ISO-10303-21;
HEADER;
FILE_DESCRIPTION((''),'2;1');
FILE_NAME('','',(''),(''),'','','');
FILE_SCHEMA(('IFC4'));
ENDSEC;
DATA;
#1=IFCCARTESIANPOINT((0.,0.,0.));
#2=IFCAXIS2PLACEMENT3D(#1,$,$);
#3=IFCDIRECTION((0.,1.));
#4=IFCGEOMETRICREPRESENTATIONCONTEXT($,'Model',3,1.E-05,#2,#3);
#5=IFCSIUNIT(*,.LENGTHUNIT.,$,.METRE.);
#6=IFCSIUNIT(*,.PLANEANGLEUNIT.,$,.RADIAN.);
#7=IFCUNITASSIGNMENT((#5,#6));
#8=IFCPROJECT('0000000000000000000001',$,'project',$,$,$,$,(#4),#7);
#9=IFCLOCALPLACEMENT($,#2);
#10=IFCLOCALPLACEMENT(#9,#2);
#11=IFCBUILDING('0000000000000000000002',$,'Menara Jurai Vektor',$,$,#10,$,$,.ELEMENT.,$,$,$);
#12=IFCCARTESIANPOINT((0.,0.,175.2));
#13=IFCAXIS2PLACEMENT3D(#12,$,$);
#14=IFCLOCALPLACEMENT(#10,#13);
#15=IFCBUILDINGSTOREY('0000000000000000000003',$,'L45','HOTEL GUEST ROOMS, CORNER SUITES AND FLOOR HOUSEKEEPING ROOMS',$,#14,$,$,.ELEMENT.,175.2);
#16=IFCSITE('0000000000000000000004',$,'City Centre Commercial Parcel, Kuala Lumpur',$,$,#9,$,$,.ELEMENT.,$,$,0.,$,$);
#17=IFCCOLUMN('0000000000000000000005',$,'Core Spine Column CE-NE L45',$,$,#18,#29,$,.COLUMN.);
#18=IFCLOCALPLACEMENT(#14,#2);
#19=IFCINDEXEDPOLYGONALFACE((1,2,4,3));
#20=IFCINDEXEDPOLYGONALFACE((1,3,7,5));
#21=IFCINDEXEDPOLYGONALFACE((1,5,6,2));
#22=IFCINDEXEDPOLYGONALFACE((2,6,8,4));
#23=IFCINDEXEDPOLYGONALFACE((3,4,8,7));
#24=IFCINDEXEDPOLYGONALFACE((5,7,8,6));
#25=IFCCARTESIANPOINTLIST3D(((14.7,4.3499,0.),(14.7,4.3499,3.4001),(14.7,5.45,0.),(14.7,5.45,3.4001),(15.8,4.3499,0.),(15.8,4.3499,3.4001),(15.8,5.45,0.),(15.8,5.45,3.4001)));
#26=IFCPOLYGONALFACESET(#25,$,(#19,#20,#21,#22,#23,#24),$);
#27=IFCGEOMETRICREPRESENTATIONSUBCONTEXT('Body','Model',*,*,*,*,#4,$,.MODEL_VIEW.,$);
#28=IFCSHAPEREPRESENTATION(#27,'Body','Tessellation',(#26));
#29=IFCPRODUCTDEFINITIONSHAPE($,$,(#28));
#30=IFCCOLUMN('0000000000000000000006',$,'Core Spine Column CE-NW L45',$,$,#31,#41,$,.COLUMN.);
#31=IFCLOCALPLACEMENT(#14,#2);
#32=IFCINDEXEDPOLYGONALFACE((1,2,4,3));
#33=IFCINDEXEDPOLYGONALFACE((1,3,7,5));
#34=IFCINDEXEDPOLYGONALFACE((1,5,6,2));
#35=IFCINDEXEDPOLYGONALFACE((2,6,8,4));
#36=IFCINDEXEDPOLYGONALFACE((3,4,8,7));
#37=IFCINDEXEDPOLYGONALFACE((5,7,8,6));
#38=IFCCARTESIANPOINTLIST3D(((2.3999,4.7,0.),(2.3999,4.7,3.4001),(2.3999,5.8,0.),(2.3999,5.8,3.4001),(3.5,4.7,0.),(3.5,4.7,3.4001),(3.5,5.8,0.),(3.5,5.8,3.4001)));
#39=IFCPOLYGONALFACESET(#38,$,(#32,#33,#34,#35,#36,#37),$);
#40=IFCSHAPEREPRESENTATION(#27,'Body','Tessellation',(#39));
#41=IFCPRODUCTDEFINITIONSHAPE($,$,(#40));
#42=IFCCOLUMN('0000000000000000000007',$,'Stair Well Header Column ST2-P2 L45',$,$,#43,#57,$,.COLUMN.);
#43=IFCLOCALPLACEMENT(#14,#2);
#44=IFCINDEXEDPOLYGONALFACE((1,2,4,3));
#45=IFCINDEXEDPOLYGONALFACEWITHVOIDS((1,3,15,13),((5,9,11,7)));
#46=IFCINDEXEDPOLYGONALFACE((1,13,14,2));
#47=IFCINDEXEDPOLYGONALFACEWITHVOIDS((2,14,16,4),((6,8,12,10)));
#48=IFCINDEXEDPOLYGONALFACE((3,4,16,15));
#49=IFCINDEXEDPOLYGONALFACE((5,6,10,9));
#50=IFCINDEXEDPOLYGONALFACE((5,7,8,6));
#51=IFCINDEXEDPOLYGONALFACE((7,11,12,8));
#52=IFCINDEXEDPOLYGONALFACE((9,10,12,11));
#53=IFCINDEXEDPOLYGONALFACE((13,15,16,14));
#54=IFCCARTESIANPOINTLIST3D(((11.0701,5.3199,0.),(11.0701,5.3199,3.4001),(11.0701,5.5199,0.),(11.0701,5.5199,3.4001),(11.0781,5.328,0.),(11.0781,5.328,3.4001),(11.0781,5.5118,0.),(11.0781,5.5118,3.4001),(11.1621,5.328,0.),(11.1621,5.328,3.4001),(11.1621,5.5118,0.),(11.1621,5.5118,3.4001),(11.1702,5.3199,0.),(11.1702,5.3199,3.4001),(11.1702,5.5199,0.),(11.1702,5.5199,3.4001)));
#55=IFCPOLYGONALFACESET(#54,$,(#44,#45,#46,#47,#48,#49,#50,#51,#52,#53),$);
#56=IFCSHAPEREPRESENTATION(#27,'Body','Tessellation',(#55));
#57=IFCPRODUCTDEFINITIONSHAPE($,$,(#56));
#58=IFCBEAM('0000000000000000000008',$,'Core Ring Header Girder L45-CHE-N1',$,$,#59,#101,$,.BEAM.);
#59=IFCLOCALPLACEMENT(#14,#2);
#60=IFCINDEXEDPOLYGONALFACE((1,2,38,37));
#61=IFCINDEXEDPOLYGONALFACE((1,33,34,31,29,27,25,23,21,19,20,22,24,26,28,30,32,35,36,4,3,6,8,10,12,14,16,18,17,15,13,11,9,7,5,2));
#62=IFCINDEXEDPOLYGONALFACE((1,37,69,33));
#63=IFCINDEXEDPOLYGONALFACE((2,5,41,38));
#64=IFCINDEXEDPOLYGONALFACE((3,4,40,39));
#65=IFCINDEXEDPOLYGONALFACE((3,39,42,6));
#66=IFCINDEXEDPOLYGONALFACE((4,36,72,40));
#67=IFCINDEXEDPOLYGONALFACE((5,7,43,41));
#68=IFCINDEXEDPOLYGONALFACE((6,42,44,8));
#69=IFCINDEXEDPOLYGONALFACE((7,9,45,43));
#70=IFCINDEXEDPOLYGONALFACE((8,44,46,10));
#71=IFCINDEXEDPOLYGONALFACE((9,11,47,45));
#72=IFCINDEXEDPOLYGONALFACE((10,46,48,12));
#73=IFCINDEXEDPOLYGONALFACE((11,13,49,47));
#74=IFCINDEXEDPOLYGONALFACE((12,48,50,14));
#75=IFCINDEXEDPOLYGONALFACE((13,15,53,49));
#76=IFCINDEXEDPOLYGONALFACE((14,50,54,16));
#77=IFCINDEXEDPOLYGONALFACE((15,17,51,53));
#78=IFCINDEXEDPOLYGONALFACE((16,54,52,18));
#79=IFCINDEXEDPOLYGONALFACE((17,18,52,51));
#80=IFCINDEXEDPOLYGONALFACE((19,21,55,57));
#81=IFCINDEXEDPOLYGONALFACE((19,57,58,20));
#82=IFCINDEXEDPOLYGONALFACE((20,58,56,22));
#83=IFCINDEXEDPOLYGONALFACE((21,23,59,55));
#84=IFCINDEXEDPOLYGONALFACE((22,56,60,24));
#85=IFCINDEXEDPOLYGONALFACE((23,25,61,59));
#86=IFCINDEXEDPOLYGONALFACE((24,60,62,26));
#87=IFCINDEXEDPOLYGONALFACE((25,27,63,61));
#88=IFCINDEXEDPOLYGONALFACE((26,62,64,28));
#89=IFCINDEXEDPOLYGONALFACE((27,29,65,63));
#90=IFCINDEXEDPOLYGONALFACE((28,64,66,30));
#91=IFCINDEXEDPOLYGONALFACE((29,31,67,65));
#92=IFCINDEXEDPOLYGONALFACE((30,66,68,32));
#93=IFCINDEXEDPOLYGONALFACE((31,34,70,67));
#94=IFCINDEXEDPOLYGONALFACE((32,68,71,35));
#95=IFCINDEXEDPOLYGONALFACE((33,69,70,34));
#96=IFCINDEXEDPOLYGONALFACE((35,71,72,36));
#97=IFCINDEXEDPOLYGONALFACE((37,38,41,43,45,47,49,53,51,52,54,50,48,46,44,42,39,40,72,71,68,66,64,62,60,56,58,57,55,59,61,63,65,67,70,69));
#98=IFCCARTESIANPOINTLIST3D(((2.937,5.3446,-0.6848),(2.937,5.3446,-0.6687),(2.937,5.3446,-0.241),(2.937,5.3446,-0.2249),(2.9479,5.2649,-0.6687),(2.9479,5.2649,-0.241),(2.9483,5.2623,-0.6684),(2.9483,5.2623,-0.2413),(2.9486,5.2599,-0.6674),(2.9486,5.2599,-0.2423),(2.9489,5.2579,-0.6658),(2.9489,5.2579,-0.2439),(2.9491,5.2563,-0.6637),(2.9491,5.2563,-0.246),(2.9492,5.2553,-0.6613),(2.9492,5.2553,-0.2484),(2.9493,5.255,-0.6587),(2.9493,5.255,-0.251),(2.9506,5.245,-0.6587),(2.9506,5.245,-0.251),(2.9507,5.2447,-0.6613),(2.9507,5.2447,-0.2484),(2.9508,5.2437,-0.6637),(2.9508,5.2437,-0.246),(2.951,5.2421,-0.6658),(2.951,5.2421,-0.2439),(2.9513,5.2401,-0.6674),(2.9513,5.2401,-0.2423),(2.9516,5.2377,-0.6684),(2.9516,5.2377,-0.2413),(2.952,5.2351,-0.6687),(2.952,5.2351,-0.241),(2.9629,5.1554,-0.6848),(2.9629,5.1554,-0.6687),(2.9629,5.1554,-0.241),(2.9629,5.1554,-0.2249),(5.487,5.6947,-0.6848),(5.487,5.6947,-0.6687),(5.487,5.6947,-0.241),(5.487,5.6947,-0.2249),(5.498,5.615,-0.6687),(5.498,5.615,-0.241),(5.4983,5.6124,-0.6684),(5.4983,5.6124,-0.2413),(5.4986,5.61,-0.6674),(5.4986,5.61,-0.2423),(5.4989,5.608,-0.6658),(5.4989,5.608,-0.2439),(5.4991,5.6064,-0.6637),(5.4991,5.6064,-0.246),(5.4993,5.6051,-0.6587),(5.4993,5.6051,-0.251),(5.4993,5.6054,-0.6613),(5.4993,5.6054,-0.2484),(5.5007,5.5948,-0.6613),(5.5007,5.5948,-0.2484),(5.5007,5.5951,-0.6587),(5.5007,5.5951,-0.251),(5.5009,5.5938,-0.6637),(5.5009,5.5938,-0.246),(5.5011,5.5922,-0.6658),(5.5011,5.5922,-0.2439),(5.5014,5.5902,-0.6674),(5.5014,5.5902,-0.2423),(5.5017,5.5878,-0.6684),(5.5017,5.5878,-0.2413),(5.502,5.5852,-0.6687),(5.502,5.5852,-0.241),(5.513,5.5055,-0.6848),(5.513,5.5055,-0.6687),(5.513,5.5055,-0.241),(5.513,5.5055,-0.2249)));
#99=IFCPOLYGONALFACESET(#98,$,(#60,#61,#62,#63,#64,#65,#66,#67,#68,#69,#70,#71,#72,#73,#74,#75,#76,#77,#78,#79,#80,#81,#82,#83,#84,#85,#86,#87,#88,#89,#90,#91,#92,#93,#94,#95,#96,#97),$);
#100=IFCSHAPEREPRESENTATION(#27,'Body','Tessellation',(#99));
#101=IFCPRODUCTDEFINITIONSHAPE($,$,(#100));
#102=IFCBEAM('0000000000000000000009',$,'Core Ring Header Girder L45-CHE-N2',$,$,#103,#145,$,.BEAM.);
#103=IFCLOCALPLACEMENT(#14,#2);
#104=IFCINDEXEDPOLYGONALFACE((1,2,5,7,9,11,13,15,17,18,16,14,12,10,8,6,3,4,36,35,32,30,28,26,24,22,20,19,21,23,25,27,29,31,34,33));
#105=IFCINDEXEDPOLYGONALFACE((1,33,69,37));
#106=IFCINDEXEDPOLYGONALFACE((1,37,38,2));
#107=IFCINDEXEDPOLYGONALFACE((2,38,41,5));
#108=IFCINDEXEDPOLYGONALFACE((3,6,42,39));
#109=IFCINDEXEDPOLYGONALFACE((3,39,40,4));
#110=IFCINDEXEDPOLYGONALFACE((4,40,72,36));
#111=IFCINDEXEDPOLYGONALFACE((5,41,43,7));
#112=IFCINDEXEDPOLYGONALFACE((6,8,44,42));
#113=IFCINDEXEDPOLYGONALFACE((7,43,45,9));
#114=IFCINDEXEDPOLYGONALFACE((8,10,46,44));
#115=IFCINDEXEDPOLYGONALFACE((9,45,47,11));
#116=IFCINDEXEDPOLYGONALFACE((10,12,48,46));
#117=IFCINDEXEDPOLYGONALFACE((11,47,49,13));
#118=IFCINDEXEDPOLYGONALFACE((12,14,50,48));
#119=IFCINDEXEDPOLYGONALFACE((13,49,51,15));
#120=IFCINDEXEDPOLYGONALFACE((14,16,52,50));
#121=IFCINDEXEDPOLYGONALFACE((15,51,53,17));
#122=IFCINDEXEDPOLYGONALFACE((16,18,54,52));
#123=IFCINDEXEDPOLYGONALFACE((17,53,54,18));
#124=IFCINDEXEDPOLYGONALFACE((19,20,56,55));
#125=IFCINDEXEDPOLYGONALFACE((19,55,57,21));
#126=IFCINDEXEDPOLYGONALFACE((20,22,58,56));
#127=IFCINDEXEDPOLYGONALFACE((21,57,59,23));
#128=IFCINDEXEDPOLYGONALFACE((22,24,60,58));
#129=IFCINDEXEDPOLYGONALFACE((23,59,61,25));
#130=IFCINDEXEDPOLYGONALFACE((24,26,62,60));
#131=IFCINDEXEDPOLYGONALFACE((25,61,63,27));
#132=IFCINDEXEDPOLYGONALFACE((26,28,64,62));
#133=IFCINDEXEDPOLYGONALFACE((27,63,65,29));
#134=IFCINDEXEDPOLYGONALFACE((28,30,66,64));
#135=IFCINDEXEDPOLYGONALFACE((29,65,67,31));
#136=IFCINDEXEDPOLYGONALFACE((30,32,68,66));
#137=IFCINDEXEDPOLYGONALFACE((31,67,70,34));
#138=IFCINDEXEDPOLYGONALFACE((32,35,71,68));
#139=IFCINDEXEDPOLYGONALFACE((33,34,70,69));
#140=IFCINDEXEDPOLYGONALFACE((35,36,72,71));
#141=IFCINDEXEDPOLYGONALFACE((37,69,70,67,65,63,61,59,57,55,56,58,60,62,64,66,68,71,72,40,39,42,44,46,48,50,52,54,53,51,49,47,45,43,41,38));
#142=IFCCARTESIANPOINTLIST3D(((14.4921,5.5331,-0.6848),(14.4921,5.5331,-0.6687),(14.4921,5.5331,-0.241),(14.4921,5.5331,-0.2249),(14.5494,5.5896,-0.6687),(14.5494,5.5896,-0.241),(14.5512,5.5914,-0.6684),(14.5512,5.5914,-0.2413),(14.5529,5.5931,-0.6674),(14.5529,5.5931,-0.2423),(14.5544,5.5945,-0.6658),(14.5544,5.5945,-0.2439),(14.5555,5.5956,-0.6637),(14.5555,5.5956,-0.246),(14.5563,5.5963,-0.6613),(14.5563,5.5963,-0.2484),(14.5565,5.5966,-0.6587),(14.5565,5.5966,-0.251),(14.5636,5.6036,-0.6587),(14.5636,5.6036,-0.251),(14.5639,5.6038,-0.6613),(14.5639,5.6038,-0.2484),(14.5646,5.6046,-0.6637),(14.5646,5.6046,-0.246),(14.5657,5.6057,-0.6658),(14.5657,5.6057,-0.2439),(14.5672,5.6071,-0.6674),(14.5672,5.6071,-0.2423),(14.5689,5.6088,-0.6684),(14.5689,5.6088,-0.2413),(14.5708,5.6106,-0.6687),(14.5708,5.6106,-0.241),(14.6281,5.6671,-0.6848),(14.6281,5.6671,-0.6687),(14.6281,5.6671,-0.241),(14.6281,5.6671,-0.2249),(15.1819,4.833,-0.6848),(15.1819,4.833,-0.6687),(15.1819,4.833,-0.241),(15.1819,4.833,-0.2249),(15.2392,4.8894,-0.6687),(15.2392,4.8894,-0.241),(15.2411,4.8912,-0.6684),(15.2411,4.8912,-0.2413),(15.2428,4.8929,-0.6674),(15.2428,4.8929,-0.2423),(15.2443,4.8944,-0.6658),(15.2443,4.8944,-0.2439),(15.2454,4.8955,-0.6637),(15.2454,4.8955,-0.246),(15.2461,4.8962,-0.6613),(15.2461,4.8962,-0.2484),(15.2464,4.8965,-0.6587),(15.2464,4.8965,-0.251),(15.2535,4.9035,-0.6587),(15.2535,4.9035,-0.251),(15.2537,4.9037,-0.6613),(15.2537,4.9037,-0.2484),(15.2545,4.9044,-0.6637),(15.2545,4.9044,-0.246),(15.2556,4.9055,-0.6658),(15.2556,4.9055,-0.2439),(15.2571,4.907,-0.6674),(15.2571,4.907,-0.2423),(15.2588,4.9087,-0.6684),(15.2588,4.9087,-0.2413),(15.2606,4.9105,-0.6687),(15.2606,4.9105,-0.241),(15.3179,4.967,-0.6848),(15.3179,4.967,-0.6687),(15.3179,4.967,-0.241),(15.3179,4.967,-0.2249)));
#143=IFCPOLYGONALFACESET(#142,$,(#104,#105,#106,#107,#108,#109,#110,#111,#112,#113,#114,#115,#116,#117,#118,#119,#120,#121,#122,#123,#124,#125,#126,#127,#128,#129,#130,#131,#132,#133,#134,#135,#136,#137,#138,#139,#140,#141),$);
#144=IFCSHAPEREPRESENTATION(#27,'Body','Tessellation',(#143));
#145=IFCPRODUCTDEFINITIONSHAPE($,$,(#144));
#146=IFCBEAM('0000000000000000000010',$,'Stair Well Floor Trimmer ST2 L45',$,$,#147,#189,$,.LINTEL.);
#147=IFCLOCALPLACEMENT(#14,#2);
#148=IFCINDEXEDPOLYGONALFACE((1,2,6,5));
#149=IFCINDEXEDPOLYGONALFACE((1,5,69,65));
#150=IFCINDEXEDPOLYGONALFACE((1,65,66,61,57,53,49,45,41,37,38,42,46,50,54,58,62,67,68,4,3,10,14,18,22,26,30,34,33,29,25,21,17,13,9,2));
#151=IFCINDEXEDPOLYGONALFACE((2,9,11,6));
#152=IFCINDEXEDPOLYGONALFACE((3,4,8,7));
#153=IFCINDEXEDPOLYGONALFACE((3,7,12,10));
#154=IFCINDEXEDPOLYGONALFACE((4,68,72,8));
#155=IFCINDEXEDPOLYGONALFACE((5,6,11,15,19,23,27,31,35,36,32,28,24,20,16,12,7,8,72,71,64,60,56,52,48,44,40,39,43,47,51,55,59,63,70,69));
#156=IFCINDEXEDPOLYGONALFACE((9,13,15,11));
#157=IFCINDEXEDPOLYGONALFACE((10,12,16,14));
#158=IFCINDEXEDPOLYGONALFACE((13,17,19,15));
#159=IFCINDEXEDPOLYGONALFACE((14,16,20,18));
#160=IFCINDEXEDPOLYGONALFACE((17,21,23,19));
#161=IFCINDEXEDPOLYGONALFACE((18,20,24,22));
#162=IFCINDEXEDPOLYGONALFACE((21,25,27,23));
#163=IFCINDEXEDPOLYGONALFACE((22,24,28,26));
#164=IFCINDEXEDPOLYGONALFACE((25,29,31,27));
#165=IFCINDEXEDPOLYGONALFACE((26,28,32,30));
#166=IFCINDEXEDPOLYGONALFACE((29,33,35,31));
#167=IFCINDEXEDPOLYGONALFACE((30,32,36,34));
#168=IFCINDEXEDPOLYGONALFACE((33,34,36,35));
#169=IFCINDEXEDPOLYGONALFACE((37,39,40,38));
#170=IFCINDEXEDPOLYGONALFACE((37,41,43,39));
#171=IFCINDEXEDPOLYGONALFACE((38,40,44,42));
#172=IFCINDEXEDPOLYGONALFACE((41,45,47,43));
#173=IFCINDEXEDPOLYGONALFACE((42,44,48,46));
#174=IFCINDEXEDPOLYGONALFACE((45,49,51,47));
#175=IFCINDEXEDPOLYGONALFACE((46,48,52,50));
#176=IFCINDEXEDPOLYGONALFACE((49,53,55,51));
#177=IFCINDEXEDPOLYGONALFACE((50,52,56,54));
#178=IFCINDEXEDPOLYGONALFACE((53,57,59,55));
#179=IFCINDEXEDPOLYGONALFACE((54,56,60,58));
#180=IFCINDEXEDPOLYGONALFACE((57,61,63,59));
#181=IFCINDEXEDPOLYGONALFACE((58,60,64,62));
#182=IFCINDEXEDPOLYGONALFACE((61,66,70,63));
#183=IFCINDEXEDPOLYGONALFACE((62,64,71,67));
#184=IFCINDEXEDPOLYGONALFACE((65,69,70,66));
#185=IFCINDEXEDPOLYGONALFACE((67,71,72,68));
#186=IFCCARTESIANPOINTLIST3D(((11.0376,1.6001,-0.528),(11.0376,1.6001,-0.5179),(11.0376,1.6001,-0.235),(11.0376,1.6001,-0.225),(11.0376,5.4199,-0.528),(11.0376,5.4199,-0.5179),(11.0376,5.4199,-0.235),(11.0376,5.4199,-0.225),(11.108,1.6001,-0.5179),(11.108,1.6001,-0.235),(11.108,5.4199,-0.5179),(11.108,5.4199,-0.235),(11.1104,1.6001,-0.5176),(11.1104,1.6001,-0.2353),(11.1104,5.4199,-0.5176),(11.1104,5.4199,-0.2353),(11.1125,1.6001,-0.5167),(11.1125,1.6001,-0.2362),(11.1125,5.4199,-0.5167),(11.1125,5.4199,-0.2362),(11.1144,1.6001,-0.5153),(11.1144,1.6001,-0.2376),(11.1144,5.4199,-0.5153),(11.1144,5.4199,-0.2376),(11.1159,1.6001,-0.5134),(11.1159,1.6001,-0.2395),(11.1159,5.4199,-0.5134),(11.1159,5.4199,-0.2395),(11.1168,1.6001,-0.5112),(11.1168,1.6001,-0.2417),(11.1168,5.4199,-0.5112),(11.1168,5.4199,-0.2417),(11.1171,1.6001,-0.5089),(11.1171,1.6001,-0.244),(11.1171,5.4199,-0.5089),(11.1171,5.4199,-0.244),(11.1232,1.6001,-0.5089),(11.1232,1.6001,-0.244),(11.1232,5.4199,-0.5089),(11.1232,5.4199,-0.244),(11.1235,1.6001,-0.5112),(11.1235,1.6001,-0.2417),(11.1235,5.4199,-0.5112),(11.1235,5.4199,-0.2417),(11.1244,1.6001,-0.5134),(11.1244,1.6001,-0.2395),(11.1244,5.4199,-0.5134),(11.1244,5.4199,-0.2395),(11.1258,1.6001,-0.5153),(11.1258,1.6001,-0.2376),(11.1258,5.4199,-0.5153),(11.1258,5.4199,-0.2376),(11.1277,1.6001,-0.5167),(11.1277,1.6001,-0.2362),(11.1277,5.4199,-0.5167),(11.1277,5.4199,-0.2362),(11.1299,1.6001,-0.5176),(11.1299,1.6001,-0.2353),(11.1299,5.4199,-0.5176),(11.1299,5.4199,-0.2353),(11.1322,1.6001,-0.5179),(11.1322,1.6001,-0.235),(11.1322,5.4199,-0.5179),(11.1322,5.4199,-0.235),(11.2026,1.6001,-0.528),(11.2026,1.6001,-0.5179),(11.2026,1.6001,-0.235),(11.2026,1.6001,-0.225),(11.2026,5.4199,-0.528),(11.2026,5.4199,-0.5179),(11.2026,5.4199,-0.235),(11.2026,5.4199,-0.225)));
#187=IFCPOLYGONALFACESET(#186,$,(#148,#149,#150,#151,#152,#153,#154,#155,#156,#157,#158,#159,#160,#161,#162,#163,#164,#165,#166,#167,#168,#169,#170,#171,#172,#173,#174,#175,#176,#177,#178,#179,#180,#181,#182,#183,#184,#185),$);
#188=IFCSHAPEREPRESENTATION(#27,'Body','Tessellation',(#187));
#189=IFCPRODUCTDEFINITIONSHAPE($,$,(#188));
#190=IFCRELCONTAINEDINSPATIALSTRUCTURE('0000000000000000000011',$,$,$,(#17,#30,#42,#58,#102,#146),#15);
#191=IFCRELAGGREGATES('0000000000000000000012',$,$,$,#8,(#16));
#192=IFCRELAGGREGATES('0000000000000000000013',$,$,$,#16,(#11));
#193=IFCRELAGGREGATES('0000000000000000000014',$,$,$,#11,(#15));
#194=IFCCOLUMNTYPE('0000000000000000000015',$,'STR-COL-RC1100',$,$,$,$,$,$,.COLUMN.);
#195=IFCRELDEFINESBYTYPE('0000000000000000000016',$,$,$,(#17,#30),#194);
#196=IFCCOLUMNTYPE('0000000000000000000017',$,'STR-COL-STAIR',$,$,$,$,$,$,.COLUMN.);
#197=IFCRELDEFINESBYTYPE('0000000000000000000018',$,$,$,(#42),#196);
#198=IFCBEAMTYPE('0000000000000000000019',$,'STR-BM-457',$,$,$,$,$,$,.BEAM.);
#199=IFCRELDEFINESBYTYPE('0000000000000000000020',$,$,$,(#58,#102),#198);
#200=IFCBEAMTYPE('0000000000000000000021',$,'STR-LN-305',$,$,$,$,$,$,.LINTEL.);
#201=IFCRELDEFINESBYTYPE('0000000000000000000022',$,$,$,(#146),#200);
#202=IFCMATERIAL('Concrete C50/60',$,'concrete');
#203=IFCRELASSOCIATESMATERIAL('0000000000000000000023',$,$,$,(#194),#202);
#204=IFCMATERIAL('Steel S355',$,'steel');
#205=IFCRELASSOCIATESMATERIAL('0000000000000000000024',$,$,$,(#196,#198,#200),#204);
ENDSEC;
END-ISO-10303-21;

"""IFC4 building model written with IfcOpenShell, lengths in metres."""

from ifc_helpers import new_model, si_unit, direction, frame, origin, origin_2d, place, context, subcontext, project, spatial, rectangle, hollow_rectangle, i_section, extrude, material, material_profile, profile_set, type_object, element, save


model = new_model("IFC4")

# Units and contexts
model_context = context("Model", 3, precision=1e-05, world=origin(), true_north=direction((0.0, 1.0)))
body_context = subcontext(model_context, "Body", "Model", "MODEL_VIEW")
ifc_project = project(units=[si_unit("LENGTHUNIT", "METRE"), si_unit("PLANEANGLEUNIT", "RADIAN")], contexts=[model_context])

# Site, building, storey
site_placement = place(None, origin())
site = spatial("IfcSite", under=ifc_project, at=site_placement, Name="City Centre Commercial Parcel, Kuala Lumpur", CompositionType="ELEMENT", RefElevation=0.0)
building_placement = place(site_placement, origin())
building = spatial("IfcBuilding", under=site, at=building_placement, Name="Menara Jurai Vektor", CompositionType="ELEMENT")
storey_placement = place(building_placement, frame((0.0, 0.0, 175.2)))
storey = spatial("IfcBuildingStorey", under=building, at=storey_placement, Name="L45", Description="HOTEL GUEST ROOMS, CORNER SUITES AND FLOOR HOUSEKEEPING ROOMS", CompositionType="ELEMENT", Elevation=175.2)

# Columns
ifc_material_1 = material(Name="Concrete C50/60", Category="concrete")
ifc_material_profile_1 = material_profile(ifc_material_1, rectangle(XDim=1.1001, YDim=1.1001, at=origin_2d()), Name="RC 1100x1100")
ifc_profile_set_1 = profile_set([ifc_material_profile_1], Name="Concrete C50/60")
column_type_1 = type_object("IfcColumnType", Name="STR-COL-RC1100", PredefinedType="COLUMN", material=ifc_profile_set_1)
for number, where, z_axis, x_axis, name in (
    (1, (15.25, 4.8999, 0.0), (0.0, 0.0, 1.0), (1.0, 0.0, 0.0), "Core Spine Column CE-NE L45"),
    (2, (2.95, 5.25, 0.0), (0.0, 0.0, 1.0), (1.0, 0.0, 0.0), "Core Spine Column CE-NW L45"),
):
    element("IfcColumn", number, at=place(storey_placement, frame(where, z_axis=z_axis, x_axis=x_axis)), inside=storey, type_object=column_type_1, Name=name, PredefinedType="COLUMN", context=body_context, shape_type="SweptSolid", body=[
        extrude(rectangle(XDim=1.1001, YDim=1.1001, at=origin_2d()), origin(), (0.0, 0.0, 1.0), 3.4001),
    ])
ifc_material_2 = material(Name="Steel S355", Category="steel")
ifc_material_profile_2 = material_profile(ifc_material_2, hollow_rectangle(XDim=0.1001, YDim=0.2, WallThickness=0.0081, at=origin_2d()), Name="RHS 200x100x8")
ifc_profile_set_2 = profile_set([ifc_material_profile_2], Name="Steel S355")
column_type_2 = type_object("IfcColumnType", Name="STR-COL-STAIR", PredefinedType="COLUMN", material=ifc_profile_set_2)
column_placement = place(storey_placement, frame((11.1201, 5.4199, 0.0), z_axis=(0.0, 0.0, 1.0), x_axis=(1.0, 0.0, 0.0)))
element("IfcColumn", 3, at=column_placement, inside=storey, type_object=column_type_2, Name="Stair Well Header Column ST2-P2 L45", PredefinedType="COLUMN", context=body_context, shape_type="SweptSolid", body=[
    extrude(hollow_rectangle(XDim=0.1001, YDim=0.2, WallThickness=0.0081, at=origin_2d()), origin(), (0.0, 0.0, 1.0), 3.4001),
])

# Beams
ifc_material_profile_3 = material_profile(ifc_material_2, i_section(OverallWidth=0.1909, OverallDepth=0.46, WebThickness=0.01, FlangeThickness=0.0161, FilletRadius=0.01, at=origin_2d()), Name="UKB 457x191x82")
ifc_profile_set_3 = profile_set([ifc_material_profile_3], Name="Steel S355")
beam_type_1 = type_object("IfcBeamType", Name="STR-BM-457", PredefinedType="BEAM", material=ifc_profile_set_3)
beam_1_placement = place(storey_placement, frame((2.95, 5.25, -0.4548), z_axis=(0.990707, 0.136015, 0.0), x_axis=(-0.136015, 0.990707, 0.0)))
element("IfcBeam", 4, at=beam_1_placement, inside=storey, type_object=beam_type_1, Name="Core Ring Header Girder L45-CHE-N1", PredefinedType="BEAM", context=body_context, shape_type="SweptSolid", body=[
    extrude(i_section(OverallWidth=0.1909, OverallDepth=0.46, WebThickness=0.01, FlangeThickness=0.0161, FilletRadius=0.01, at=origin_2d()), origin(), (0.0, 0.0, 1.0), 2.574),
])
beam_2_placement = place(storey_placement, frame((14.5601, 5.6001, -0.4548), z_axis=(0.701872, -0.712303, 0.0), x_axis=(0.712303, 0.701872, 0.0)))
element("IfcBeam", 5, at=beam_2_placement, inside=storey, type_object=beam_type_1, Name="Core Ring Header Girder L45-CHE-N2", PredefinedType="BEAM", context=body_context, shape_type="SweptSolid", body=[
    extrude(i_section(OverallWidth=0.1909, OverallDepth=0.46, WebThickness=0.01, FlangeThickness=0.0161, FilletRadius=0.01, at=origin_2d()), origin(), (0.0, 0.0, 1.0), 0.9829),
])
ifc_material_profile_4 = material_profile(ifc_material_2, i_section(OverallWidth=0.165, OverallDepth=0.303, WebThickness=0.0061, FlangeThickness=0.01, FilletRadius=0.009, at=origin_2d()), Name="UKB 305x165x40")
ifc_profile_set_4 = profile_set([ifc_material_profile_4], Name="Steel S355")
beam_type_2 = type_object("IfcBeamType", Name="STR-LN-305", PredefinedType="LINTEL", material=ifc_profile_set_4)
beam_3_placement = place(storey_placement, frame((11.1201, 1.6001, -0.3765), z_axis=(0.0, 1.0, 0.0), x_axis=(-1.0, 0.0, 0.0)))
element("IfcBeam", 6, at=beam_3_placement, inside=storey, type_object=beam_type_2, Name="Stair Well Floor Trimmer ST2 L45", PredefinedType="LINTEL", context=body_context, shape_type="SweptSolid", body=[
    extrude(i_section(OverallWidth=0.165, OverallDepth=0.303, WebThickness=0.0061, FlangeThickness=0.01, FilletRadius=0.009, at=origin_2d()), origin(), (0.0, 0.0, 1.0), 3.8198),
])

save(model, "model.ifc")
